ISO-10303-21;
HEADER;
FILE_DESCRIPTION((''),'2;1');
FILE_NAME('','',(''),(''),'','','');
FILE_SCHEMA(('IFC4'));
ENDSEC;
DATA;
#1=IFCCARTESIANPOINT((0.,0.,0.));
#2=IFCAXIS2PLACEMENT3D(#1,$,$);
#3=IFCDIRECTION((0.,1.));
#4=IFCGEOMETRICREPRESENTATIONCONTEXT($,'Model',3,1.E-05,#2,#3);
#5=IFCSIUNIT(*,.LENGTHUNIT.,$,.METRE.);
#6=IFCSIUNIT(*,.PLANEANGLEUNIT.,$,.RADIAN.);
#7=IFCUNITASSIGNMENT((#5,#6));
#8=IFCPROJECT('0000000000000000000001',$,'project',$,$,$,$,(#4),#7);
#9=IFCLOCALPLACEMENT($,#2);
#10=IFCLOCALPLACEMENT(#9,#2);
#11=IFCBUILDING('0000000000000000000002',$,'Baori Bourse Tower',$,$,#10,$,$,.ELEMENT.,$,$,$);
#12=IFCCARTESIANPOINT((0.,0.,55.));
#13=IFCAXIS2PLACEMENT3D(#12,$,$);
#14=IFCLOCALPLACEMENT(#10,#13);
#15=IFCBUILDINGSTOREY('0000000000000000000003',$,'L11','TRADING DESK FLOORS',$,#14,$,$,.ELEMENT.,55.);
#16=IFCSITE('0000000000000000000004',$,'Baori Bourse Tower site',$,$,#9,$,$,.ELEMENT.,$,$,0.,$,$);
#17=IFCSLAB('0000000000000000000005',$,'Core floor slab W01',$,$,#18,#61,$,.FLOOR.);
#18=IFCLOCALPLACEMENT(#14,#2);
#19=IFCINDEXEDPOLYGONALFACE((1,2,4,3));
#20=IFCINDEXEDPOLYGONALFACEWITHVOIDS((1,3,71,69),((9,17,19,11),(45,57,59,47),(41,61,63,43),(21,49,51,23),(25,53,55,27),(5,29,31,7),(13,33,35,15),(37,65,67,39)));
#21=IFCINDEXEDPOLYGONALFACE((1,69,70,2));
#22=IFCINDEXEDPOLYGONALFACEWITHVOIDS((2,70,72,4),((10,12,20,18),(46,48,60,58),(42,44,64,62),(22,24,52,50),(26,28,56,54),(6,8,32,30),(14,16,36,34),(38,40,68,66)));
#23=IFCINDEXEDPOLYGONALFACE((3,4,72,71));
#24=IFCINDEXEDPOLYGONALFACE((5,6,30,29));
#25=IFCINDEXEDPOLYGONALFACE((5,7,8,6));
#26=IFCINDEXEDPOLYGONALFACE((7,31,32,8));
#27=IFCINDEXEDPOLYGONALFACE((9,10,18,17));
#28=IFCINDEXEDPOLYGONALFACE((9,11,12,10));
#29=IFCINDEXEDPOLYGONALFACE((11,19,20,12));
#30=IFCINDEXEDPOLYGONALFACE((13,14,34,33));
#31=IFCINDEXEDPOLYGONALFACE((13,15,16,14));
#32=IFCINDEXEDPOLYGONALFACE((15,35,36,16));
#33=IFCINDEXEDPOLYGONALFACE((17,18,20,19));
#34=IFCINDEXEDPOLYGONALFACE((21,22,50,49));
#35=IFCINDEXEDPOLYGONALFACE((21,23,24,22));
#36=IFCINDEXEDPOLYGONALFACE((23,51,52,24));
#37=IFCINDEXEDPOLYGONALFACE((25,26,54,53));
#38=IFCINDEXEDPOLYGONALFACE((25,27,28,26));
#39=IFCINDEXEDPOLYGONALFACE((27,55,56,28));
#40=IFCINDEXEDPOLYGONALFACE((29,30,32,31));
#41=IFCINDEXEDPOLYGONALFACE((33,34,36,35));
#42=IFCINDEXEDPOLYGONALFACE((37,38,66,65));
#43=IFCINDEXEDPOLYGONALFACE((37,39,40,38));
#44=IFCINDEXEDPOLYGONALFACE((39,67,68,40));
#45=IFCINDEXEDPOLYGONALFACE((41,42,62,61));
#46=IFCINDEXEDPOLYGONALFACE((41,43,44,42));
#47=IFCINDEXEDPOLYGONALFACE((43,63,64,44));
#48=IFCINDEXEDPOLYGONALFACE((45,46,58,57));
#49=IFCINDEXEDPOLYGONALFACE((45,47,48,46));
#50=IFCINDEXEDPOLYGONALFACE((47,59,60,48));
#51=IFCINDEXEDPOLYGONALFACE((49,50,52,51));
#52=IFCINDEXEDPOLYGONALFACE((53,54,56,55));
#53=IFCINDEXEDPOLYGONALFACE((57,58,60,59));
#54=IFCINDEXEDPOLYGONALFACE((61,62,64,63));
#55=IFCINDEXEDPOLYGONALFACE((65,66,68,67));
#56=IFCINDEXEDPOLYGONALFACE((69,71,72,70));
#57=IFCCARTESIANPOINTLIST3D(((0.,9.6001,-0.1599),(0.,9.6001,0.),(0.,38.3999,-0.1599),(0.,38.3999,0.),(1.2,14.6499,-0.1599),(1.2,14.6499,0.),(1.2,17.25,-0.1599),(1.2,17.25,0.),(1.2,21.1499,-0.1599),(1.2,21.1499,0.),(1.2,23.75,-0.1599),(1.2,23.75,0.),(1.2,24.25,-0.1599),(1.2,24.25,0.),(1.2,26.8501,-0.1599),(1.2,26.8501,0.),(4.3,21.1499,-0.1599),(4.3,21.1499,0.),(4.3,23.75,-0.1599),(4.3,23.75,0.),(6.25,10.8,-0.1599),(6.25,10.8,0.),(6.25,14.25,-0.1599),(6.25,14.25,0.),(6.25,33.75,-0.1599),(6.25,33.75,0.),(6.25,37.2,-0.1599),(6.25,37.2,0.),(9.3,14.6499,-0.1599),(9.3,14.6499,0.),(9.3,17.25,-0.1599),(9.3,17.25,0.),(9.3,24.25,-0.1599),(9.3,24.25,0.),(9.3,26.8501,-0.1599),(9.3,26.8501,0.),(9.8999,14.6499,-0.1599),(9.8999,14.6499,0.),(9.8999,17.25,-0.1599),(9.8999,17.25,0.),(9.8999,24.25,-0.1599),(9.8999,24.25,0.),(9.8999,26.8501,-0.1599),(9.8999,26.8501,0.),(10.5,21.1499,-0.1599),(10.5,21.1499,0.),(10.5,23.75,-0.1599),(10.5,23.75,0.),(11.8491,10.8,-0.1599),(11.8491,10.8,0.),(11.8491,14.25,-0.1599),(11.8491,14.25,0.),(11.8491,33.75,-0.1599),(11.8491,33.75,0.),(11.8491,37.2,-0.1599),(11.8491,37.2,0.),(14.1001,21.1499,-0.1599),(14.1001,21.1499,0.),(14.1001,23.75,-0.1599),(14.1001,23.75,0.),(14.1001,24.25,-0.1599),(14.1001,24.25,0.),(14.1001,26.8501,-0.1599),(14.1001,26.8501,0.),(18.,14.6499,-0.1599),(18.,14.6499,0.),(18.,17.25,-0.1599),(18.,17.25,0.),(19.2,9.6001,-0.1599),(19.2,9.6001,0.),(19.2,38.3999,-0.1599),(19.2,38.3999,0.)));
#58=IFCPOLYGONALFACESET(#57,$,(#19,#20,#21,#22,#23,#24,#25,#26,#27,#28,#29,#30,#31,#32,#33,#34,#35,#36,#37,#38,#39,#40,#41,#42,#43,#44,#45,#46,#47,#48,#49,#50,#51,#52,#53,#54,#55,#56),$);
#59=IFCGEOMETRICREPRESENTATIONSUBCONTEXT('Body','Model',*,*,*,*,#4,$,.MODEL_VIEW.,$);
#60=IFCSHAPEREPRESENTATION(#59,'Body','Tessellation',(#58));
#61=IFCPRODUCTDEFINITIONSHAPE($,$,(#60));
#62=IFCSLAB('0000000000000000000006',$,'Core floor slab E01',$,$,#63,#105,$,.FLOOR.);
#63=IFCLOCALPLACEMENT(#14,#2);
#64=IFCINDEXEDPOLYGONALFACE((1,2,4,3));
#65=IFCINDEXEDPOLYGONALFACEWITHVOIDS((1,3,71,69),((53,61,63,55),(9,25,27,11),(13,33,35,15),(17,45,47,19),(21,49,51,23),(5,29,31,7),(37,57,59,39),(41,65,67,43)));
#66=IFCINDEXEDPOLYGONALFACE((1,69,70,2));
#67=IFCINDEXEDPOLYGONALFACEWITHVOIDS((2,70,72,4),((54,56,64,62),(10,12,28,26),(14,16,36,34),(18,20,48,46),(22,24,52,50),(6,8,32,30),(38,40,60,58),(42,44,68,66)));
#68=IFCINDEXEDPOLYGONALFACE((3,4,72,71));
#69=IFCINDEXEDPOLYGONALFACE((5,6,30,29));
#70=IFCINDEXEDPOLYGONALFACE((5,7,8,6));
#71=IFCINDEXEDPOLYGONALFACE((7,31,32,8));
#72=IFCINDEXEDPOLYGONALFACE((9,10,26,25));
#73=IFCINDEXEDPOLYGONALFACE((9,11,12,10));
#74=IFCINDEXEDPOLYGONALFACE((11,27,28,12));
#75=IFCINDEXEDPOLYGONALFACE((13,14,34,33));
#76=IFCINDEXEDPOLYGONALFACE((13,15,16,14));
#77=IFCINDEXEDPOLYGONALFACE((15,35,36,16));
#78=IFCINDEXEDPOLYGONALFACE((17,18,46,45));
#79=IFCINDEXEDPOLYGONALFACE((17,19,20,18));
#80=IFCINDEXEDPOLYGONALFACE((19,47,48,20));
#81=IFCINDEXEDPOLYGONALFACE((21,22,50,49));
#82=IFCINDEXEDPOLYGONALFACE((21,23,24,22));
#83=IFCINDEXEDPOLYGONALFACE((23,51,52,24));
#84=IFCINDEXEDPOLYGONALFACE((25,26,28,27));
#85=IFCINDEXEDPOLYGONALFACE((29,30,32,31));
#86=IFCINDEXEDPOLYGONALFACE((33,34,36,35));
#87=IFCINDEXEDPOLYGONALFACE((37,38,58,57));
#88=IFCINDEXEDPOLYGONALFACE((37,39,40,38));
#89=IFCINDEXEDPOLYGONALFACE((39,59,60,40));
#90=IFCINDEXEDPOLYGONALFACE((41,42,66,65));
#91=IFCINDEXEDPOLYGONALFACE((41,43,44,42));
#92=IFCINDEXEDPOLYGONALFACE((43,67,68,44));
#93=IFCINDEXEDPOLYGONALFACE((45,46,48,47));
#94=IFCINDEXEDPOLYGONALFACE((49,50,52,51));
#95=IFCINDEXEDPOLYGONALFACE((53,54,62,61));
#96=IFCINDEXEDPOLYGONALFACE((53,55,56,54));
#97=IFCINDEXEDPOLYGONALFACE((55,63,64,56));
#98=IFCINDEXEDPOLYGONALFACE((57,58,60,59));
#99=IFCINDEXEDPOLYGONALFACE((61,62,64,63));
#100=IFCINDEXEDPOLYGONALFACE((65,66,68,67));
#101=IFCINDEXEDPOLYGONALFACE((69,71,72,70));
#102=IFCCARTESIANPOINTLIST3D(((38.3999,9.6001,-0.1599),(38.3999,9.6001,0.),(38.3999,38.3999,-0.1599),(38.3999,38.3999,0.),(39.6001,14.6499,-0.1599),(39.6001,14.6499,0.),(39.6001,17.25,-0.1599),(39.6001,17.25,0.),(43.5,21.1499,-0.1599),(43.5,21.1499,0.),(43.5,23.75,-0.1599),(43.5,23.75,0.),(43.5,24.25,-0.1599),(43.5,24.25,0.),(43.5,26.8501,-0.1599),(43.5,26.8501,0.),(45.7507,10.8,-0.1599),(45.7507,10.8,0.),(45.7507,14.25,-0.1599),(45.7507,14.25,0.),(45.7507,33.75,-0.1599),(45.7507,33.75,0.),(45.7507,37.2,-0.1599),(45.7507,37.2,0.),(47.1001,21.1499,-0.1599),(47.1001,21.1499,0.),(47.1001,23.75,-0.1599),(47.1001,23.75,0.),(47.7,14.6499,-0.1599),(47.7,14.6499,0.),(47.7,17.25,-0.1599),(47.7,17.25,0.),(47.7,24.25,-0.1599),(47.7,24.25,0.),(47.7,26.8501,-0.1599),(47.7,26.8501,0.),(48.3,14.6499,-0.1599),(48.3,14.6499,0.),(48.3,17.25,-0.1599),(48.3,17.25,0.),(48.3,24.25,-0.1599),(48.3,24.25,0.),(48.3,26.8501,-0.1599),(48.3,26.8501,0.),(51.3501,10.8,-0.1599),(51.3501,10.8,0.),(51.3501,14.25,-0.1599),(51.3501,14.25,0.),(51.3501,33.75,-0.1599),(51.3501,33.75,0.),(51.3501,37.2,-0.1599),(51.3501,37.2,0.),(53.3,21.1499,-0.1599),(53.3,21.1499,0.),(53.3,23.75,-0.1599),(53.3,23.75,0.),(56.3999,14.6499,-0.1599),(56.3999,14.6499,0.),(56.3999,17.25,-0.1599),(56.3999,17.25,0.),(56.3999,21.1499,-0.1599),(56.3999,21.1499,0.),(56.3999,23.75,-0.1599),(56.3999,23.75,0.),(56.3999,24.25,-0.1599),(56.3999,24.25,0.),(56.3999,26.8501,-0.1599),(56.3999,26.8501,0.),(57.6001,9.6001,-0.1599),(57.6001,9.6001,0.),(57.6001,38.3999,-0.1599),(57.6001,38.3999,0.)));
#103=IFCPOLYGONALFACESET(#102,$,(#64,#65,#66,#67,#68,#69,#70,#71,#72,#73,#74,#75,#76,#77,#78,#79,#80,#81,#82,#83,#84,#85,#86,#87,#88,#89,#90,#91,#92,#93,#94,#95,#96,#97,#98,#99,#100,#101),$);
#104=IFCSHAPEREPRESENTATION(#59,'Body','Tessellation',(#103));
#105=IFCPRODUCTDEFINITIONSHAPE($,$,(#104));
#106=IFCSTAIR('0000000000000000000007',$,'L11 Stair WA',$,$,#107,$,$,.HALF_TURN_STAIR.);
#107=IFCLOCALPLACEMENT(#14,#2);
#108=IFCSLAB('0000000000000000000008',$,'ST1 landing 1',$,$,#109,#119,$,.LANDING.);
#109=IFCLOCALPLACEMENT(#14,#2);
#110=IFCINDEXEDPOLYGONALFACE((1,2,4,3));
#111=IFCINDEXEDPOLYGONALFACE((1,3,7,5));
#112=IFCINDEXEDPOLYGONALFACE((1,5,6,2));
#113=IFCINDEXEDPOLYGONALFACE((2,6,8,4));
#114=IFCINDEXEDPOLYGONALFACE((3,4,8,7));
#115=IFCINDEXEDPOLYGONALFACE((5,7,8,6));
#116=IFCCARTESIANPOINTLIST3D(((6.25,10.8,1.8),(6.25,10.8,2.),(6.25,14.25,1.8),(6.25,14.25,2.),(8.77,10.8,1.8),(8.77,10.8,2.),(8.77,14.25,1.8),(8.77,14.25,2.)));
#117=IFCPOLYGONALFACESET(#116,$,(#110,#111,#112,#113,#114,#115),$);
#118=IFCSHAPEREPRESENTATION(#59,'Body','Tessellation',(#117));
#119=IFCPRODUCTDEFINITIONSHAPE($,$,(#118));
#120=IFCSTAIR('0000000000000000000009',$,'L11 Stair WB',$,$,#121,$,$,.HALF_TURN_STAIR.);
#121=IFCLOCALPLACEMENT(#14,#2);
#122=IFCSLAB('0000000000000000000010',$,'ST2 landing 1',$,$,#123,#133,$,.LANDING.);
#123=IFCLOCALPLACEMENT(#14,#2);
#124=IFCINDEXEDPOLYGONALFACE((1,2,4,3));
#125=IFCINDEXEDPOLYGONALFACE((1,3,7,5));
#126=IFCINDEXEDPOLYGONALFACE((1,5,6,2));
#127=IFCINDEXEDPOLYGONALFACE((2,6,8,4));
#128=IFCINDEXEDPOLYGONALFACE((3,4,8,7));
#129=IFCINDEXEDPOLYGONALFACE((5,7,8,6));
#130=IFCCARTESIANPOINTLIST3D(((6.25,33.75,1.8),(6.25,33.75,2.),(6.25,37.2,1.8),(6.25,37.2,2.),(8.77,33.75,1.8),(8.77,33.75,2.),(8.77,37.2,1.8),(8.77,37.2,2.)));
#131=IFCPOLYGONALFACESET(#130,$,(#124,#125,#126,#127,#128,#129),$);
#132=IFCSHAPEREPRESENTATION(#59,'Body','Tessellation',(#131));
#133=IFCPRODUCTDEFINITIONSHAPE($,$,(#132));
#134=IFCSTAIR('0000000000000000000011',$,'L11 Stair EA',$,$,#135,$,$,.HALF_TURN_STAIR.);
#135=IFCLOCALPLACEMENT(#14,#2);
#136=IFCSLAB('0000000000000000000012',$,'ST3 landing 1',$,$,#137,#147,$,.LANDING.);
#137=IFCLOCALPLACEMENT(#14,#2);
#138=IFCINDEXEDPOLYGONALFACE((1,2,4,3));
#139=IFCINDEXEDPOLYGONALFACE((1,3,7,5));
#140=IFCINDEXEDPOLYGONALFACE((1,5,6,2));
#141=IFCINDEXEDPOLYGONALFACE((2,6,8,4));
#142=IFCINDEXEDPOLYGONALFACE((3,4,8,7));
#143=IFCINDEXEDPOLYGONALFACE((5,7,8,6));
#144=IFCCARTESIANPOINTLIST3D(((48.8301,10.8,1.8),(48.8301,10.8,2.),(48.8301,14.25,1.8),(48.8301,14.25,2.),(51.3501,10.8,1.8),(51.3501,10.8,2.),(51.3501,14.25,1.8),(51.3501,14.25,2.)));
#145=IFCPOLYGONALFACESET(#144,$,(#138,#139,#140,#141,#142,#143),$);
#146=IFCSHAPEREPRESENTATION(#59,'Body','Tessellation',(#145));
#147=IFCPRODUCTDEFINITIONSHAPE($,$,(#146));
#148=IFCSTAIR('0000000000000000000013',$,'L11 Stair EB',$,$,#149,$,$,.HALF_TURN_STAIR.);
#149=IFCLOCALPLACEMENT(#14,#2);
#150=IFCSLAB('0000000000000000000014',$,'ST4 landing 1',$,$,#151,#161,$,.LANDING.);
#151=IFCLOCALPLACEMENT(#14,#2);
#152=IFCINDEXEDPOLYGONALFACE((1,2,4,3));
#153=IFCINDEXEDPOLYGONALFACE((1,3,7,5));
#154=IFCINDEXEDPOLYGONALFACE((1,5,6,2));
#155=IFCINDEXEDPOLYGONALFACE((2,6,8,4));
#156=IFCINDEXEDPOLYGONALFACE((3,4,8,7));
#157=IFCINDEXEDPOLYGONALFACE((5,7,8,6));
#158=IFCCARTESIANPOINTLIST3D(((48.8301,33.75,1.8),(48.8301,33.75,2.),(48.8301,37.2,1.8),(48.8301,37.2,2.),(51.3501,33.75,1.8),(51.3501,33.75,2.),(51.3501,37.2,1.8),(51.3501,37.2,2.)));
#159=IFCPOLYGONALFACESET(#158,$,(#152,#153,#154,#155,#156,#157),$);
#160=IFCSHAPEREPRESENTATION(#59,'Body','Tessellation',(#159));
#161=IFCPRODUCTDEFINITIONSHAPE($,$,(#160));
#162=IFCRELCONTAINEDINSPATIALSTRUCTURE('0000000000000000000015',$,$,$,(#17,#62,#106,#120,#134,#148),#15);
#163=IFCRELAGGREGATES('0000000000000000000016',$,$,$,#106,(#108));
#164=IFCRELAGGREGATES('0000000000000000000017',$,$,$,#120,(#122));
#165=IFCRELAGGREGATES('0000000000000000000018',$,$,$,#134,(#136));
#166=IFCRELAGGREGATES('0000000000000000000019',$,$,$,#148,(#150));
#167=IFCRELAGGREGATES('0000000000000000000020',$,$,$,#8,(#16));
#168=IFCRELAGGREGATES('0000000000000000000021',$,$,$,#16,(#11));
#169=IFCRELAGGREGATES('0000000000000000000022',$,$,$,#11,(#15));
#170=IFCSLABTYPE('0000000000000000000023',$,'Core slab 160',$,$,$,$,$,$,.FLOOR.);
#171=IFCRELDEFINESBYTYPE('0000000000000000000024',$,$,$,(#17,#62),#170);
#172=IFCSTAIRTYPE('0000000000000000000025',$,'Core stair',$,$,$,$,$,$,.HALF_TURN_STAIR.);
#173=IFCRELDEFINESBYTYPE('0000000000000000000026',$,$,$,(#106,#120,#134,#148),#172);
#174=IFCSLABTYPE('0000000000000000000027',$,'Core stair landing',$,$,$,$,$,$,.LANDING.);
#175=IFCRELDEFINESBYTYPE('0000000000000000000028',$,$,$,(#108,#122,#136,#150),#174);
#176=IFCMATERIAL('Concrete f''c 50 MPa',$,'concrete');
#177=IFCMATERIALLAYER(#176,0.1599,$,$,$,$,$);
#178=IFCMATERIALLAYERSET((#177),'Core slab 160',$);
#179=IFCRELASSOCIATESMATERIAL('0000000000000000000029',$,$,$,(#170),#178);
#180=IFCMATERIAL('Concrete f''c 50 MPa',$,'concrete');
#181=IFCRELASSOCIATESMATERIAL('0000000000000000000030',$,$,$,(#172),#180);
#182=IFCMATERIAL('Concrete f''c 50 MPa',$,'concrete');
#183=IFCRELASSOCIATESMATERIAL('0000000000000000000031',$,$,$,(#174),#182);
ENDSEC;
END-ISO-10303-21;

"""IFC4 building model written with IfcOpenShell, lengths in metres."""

from ifc_helpers import new_model, si_unit, direction, frame, origin, place, context, subcontext, project, spatial, polyline, outline, extrude, material, layer, layer_set, type_object, element, aggregate, save


model = new_model("IFC4")

# Units and contexts
model_context = context("Model", 3, precision=1e-05, world=origin(), true_north=direction((0.0, 1.0)))
body_context = subcontext(model_context, "Body", "Model", "MODEL_VIEW")
ifc_project = project(units=[si_unit("LENGTHUNIT", "METRE"), si_unit("PLANEANGLEUNIT", "RADIAN")], contexts=[model_context])

# Site, building, storey
site_placement = place(None, origin())
site = spatial("IfcSite", under=ifc_project, at=site_placement, Name="Baori Bourse Tower site", CompositionType="ELEMENT", RefElevation=0.0)
building_placement = place(site_placement, origin())
building = spatial("IfcBuilding", under=site, at=building_placement, Name="Baori Bourse Tower", CompositionType="ELEMENT")
storey_placement = place(building_placement, frame((0.0, 0.0, 55.0)))
storey = spatial("IfcBuildingStorey", under=building, at=storey_placement, Name="L11", Description="TRADING DESK FLOORS", CompositionType="ELEMENT", Elevation=55.0)

# Slabs
ifc_material_1 = material(Name="Concrete f'c 50 MPa", Category="concrete")
ifc_layer_1 = layer(ifc_material_1, 0.1599)
ifc_layer_set_1 = layer_set([ifc_layer_1], Name="Core slab 160")
slab_type_1 = type_object("IfcSlabType", Name="Core slab 160", PredefinedType="FLOOR", material=ifc_layer_set_1)
slab_1_placement = place(storey_placement, frame((0.0, 0.0, -0.1599)))
element("IfcSlab", 1, at=slab_1_placement, inside=storey, type_object=slab_type_1, Name="Core floor slab W01", PredefinedType="FLOOR", context=body_context, shape_type="SweptSolid", body=[
    extrude(outline(polyline([(19.2, 9.6001), (19.2, 38.3999), (0.0, 38.3999), (0.0, 9.6001), (19.2, 9.6001)]), holes=[polyline([(9.8999, 14.6499), (9.8999, 17.25), (18.0, 17.25), (18.0, 14.6499), (9.8999, 14.6499)]), polyline([(10.5, 21.1499), (10.5, 23.75), (14.1001, 23.75), (14.1001, 21.1499), (10.5, 21.1499)]), polyline([(14.1001, 24.25), (9.8999, 24.25), (9.8999, 26.8501), (14.1001, 26.8501), (14.1001, 24.25)]), polyline([(6.25, 14.25), (11.8491, 14.25), (11.8491, 10.8), (6.25, 10.8), (6.25, 14.25)]), polyline([(11.8491, 37.2), (11.8491, 33.75), (6.25, 33.75), (6.25, 37.2), (11.8491, 37.2)]), polyline([(1.2, 26.8501), (9.3, 26.8501), (9.3, 24.25), (1.2, 24.25), (1.2, 26.8501)]), polyline([(9.3, 14.6499), (1.2, 14.6499), (1.2, 17.25), (9.3, 17.25), (9.3, 14.6499)]), polyline([(4.3, 23.75), (4.3, 21.1499), (1.2, 21.1499), (1.2, 23.75), (4.3, 23.75)])]), origin(), (0.0, 0.0, 1.0), 0.1599),
])
slab_2_placement = place(storey_placement, frame((0.0, 0.0, -0.1599)))
element("IfcSlab", 2, at=slab_2_placement, inside=storey, type_object=slab_type_1, Name="Core floor slab E01", PredefinedType="FLOOR", context=body_context, shape_type="SweptSolid", body=[
    extrude(outline(polyline([(38.3999, 9.6001), (57.6001, 9.6001), (57.6001, 38.3999), (38.3999, 38.3999), (38.3999, 9.6001)]), holes=[polyline([(48.3, 14.6499), (48.3, 17.25), (56.3999, 17.25), (56.3999, 14.6499), (48.3, 14.6499)]), polyline([(56.3999, 21.1499), (53.3, 21.1499), (53.3, 23.75), (56.3999, 23.75), (56.3999, 21.1499)]), polyline([(56.3999, 26.8501), (56.3999, 24.25), (48.3, 24.25), (48.3, 26.8501), (56.3999, 26.8501)]), polyline([(45.7507, 14.25), (51.3501, 14.25), (51.3501, 10.8), (45.7507, 10.8), (45.7507, 14.25)]), polyline([(51.3501, 37.2), (51.3501, 33.75), (45.7507, 33.75), (45.7507, 37.2), (51.3501, 37.2)]), polyline([(39.6001, 17.25), (47.7, 17.25), (47.7, 14.6499), (39.6001, 14.6499), (39.6001, 17.25)]), polyline([(43.5, 24.25), (43.5, 26.8501), (47.7, 26.8501), (47.7, 24.25), (43.5, 24.25)]), polyline([(43.5, 23.75), (47.1001, 23.75), (47.1001, 21.1499), (43.5, 21.1499), (43.5, 23.75)])]), origin(), (0.0, 0.0, 1.0), 0.1599),
])

# Stairs, slabs
ifc_material_2 = material(Name="Concrete f'c 50 MPa", Category="concrete")
stair_type = type_object("IfcStairType", Name="Core stair", PredefinedType="HALF_TURN_STAIR", material=ifc_material_2)
stair_1_placement = place(storey_placement, origin())
stair_1 = element("IfcStair", 3, at=stair_1_placement, inside=storey, type_object=stair_type, Name="L11 Stair WA", PredefinedType="HALF_TURN_STAIR")
ifc_material_3 = material(Name="Concrete f'c 50 MPa", Category="concrete")
slab_type_2 = type_object("IfcSlabType", Name="Core stair landing", PredefinedType="LANDING", material=ifc_material_3)
slab_3_placement = place(storey_placement, frame((0.0, 0.0, 1.8)))
slab_3 = element("IfcSlab", 4, at=slab_3_placement, type_object=slab_type_2, Name="ST1 landing 1", PredefinedType="LANDING", context=body_context, shape_type="SweptSolid", body=[
    extrude(outline(polyline([(8.77, 14.25), (6.25, 14.25), (6.25, 10.8), (8.77, 10.8), (8.77, 14.25)])), origin(), (0.0, 0.0, 1.0), 0.2),
])
aggregate(stair_1, [slab_3])
stair_2_placement = place(storey_placement, origin())
stair_2 = element("IfcStair", 5, at=stair_2_placement, inside=storey, type_object=stair_type, Name="L11 Stair WB", PredefinedType="HALF_TURN_STAIR")
slab_4_placement = place(storey_placement, frame((0.0, 0.0, 1.8)))
slab_4 = element("IfcSlab", 6, at=slab_4_placement, type_object=slab_type_2, Name="ST2 landing 1", PredefinedType="LANDING", context=body_context, shape_type="SweptSolid", body=[
    extrude(outline(polyline([(8.77, 37.2), (6.25, 37.2), (6.25, 33.75), (8.77, 33.75), (8.77, 37.2)])), origin(), (0.0, 0.0, 1.0), 0.2),
])
aggregate(stair_2, [slab_4])
stair_3_placement = place(storey_placement, origin())
stair_3 = element("IfcStair", 7, at=stair_3_placement, inside=storey, type_object=stair_type, Name="L11 Stair EA", PredefinedType="HALF_TURN_STAIR")
slab_5_placement = place(storey_placement, frame((0.0, 0.0, 1.8)))
slab_5 = element("IfcSlab", 8, at=slab_5_placement, type_object=slab_type_2, Name="ST3 landing 1", PredefinedType="LANDING", context=body_context, shape_type="SweptSolid", body=[
    extrude(outline(polyline([(48.8301, 10.8), (51.3501, 10.8), (51.3501, 14.25), (48.8301, 14.25), (48.8301, 10.8)])), origin(), (0.0, 0.0, 1.0), 0.2),
])
aggregate(stair_3, [slab_5])
stair_4_placement = place(storey_placement, origin())
stair_4 = element("IfcStair", 9, at=stair_4_placement, inside=storey, type_object=stair_type, Name="L11 Stair EB", PredefinedType="HALF_TURN_STAIR")
slab_6_placement = place(storey_placement, frame((0.0, 0.0, 1.8)))
slab_6 = element("IfcSlab", 10, at=slab_6_placement, type_object=slab_type_2, Name="ST4 landing 1", PredefinedType="LANDING", context=body_context, shape_type="SweptSolid", body=[
    extrude(outline(polyline([(48.8301, 33.75), (51.3501, 33.75), (51.3501, 37.2), (48.8301, 37.2), (48.8301, 33.75)])), origin(), (0.0, 0.0, 1.0), 0.2),
])
aggregate(stair_4, [slab_6])

save(model, "model.ifc")
